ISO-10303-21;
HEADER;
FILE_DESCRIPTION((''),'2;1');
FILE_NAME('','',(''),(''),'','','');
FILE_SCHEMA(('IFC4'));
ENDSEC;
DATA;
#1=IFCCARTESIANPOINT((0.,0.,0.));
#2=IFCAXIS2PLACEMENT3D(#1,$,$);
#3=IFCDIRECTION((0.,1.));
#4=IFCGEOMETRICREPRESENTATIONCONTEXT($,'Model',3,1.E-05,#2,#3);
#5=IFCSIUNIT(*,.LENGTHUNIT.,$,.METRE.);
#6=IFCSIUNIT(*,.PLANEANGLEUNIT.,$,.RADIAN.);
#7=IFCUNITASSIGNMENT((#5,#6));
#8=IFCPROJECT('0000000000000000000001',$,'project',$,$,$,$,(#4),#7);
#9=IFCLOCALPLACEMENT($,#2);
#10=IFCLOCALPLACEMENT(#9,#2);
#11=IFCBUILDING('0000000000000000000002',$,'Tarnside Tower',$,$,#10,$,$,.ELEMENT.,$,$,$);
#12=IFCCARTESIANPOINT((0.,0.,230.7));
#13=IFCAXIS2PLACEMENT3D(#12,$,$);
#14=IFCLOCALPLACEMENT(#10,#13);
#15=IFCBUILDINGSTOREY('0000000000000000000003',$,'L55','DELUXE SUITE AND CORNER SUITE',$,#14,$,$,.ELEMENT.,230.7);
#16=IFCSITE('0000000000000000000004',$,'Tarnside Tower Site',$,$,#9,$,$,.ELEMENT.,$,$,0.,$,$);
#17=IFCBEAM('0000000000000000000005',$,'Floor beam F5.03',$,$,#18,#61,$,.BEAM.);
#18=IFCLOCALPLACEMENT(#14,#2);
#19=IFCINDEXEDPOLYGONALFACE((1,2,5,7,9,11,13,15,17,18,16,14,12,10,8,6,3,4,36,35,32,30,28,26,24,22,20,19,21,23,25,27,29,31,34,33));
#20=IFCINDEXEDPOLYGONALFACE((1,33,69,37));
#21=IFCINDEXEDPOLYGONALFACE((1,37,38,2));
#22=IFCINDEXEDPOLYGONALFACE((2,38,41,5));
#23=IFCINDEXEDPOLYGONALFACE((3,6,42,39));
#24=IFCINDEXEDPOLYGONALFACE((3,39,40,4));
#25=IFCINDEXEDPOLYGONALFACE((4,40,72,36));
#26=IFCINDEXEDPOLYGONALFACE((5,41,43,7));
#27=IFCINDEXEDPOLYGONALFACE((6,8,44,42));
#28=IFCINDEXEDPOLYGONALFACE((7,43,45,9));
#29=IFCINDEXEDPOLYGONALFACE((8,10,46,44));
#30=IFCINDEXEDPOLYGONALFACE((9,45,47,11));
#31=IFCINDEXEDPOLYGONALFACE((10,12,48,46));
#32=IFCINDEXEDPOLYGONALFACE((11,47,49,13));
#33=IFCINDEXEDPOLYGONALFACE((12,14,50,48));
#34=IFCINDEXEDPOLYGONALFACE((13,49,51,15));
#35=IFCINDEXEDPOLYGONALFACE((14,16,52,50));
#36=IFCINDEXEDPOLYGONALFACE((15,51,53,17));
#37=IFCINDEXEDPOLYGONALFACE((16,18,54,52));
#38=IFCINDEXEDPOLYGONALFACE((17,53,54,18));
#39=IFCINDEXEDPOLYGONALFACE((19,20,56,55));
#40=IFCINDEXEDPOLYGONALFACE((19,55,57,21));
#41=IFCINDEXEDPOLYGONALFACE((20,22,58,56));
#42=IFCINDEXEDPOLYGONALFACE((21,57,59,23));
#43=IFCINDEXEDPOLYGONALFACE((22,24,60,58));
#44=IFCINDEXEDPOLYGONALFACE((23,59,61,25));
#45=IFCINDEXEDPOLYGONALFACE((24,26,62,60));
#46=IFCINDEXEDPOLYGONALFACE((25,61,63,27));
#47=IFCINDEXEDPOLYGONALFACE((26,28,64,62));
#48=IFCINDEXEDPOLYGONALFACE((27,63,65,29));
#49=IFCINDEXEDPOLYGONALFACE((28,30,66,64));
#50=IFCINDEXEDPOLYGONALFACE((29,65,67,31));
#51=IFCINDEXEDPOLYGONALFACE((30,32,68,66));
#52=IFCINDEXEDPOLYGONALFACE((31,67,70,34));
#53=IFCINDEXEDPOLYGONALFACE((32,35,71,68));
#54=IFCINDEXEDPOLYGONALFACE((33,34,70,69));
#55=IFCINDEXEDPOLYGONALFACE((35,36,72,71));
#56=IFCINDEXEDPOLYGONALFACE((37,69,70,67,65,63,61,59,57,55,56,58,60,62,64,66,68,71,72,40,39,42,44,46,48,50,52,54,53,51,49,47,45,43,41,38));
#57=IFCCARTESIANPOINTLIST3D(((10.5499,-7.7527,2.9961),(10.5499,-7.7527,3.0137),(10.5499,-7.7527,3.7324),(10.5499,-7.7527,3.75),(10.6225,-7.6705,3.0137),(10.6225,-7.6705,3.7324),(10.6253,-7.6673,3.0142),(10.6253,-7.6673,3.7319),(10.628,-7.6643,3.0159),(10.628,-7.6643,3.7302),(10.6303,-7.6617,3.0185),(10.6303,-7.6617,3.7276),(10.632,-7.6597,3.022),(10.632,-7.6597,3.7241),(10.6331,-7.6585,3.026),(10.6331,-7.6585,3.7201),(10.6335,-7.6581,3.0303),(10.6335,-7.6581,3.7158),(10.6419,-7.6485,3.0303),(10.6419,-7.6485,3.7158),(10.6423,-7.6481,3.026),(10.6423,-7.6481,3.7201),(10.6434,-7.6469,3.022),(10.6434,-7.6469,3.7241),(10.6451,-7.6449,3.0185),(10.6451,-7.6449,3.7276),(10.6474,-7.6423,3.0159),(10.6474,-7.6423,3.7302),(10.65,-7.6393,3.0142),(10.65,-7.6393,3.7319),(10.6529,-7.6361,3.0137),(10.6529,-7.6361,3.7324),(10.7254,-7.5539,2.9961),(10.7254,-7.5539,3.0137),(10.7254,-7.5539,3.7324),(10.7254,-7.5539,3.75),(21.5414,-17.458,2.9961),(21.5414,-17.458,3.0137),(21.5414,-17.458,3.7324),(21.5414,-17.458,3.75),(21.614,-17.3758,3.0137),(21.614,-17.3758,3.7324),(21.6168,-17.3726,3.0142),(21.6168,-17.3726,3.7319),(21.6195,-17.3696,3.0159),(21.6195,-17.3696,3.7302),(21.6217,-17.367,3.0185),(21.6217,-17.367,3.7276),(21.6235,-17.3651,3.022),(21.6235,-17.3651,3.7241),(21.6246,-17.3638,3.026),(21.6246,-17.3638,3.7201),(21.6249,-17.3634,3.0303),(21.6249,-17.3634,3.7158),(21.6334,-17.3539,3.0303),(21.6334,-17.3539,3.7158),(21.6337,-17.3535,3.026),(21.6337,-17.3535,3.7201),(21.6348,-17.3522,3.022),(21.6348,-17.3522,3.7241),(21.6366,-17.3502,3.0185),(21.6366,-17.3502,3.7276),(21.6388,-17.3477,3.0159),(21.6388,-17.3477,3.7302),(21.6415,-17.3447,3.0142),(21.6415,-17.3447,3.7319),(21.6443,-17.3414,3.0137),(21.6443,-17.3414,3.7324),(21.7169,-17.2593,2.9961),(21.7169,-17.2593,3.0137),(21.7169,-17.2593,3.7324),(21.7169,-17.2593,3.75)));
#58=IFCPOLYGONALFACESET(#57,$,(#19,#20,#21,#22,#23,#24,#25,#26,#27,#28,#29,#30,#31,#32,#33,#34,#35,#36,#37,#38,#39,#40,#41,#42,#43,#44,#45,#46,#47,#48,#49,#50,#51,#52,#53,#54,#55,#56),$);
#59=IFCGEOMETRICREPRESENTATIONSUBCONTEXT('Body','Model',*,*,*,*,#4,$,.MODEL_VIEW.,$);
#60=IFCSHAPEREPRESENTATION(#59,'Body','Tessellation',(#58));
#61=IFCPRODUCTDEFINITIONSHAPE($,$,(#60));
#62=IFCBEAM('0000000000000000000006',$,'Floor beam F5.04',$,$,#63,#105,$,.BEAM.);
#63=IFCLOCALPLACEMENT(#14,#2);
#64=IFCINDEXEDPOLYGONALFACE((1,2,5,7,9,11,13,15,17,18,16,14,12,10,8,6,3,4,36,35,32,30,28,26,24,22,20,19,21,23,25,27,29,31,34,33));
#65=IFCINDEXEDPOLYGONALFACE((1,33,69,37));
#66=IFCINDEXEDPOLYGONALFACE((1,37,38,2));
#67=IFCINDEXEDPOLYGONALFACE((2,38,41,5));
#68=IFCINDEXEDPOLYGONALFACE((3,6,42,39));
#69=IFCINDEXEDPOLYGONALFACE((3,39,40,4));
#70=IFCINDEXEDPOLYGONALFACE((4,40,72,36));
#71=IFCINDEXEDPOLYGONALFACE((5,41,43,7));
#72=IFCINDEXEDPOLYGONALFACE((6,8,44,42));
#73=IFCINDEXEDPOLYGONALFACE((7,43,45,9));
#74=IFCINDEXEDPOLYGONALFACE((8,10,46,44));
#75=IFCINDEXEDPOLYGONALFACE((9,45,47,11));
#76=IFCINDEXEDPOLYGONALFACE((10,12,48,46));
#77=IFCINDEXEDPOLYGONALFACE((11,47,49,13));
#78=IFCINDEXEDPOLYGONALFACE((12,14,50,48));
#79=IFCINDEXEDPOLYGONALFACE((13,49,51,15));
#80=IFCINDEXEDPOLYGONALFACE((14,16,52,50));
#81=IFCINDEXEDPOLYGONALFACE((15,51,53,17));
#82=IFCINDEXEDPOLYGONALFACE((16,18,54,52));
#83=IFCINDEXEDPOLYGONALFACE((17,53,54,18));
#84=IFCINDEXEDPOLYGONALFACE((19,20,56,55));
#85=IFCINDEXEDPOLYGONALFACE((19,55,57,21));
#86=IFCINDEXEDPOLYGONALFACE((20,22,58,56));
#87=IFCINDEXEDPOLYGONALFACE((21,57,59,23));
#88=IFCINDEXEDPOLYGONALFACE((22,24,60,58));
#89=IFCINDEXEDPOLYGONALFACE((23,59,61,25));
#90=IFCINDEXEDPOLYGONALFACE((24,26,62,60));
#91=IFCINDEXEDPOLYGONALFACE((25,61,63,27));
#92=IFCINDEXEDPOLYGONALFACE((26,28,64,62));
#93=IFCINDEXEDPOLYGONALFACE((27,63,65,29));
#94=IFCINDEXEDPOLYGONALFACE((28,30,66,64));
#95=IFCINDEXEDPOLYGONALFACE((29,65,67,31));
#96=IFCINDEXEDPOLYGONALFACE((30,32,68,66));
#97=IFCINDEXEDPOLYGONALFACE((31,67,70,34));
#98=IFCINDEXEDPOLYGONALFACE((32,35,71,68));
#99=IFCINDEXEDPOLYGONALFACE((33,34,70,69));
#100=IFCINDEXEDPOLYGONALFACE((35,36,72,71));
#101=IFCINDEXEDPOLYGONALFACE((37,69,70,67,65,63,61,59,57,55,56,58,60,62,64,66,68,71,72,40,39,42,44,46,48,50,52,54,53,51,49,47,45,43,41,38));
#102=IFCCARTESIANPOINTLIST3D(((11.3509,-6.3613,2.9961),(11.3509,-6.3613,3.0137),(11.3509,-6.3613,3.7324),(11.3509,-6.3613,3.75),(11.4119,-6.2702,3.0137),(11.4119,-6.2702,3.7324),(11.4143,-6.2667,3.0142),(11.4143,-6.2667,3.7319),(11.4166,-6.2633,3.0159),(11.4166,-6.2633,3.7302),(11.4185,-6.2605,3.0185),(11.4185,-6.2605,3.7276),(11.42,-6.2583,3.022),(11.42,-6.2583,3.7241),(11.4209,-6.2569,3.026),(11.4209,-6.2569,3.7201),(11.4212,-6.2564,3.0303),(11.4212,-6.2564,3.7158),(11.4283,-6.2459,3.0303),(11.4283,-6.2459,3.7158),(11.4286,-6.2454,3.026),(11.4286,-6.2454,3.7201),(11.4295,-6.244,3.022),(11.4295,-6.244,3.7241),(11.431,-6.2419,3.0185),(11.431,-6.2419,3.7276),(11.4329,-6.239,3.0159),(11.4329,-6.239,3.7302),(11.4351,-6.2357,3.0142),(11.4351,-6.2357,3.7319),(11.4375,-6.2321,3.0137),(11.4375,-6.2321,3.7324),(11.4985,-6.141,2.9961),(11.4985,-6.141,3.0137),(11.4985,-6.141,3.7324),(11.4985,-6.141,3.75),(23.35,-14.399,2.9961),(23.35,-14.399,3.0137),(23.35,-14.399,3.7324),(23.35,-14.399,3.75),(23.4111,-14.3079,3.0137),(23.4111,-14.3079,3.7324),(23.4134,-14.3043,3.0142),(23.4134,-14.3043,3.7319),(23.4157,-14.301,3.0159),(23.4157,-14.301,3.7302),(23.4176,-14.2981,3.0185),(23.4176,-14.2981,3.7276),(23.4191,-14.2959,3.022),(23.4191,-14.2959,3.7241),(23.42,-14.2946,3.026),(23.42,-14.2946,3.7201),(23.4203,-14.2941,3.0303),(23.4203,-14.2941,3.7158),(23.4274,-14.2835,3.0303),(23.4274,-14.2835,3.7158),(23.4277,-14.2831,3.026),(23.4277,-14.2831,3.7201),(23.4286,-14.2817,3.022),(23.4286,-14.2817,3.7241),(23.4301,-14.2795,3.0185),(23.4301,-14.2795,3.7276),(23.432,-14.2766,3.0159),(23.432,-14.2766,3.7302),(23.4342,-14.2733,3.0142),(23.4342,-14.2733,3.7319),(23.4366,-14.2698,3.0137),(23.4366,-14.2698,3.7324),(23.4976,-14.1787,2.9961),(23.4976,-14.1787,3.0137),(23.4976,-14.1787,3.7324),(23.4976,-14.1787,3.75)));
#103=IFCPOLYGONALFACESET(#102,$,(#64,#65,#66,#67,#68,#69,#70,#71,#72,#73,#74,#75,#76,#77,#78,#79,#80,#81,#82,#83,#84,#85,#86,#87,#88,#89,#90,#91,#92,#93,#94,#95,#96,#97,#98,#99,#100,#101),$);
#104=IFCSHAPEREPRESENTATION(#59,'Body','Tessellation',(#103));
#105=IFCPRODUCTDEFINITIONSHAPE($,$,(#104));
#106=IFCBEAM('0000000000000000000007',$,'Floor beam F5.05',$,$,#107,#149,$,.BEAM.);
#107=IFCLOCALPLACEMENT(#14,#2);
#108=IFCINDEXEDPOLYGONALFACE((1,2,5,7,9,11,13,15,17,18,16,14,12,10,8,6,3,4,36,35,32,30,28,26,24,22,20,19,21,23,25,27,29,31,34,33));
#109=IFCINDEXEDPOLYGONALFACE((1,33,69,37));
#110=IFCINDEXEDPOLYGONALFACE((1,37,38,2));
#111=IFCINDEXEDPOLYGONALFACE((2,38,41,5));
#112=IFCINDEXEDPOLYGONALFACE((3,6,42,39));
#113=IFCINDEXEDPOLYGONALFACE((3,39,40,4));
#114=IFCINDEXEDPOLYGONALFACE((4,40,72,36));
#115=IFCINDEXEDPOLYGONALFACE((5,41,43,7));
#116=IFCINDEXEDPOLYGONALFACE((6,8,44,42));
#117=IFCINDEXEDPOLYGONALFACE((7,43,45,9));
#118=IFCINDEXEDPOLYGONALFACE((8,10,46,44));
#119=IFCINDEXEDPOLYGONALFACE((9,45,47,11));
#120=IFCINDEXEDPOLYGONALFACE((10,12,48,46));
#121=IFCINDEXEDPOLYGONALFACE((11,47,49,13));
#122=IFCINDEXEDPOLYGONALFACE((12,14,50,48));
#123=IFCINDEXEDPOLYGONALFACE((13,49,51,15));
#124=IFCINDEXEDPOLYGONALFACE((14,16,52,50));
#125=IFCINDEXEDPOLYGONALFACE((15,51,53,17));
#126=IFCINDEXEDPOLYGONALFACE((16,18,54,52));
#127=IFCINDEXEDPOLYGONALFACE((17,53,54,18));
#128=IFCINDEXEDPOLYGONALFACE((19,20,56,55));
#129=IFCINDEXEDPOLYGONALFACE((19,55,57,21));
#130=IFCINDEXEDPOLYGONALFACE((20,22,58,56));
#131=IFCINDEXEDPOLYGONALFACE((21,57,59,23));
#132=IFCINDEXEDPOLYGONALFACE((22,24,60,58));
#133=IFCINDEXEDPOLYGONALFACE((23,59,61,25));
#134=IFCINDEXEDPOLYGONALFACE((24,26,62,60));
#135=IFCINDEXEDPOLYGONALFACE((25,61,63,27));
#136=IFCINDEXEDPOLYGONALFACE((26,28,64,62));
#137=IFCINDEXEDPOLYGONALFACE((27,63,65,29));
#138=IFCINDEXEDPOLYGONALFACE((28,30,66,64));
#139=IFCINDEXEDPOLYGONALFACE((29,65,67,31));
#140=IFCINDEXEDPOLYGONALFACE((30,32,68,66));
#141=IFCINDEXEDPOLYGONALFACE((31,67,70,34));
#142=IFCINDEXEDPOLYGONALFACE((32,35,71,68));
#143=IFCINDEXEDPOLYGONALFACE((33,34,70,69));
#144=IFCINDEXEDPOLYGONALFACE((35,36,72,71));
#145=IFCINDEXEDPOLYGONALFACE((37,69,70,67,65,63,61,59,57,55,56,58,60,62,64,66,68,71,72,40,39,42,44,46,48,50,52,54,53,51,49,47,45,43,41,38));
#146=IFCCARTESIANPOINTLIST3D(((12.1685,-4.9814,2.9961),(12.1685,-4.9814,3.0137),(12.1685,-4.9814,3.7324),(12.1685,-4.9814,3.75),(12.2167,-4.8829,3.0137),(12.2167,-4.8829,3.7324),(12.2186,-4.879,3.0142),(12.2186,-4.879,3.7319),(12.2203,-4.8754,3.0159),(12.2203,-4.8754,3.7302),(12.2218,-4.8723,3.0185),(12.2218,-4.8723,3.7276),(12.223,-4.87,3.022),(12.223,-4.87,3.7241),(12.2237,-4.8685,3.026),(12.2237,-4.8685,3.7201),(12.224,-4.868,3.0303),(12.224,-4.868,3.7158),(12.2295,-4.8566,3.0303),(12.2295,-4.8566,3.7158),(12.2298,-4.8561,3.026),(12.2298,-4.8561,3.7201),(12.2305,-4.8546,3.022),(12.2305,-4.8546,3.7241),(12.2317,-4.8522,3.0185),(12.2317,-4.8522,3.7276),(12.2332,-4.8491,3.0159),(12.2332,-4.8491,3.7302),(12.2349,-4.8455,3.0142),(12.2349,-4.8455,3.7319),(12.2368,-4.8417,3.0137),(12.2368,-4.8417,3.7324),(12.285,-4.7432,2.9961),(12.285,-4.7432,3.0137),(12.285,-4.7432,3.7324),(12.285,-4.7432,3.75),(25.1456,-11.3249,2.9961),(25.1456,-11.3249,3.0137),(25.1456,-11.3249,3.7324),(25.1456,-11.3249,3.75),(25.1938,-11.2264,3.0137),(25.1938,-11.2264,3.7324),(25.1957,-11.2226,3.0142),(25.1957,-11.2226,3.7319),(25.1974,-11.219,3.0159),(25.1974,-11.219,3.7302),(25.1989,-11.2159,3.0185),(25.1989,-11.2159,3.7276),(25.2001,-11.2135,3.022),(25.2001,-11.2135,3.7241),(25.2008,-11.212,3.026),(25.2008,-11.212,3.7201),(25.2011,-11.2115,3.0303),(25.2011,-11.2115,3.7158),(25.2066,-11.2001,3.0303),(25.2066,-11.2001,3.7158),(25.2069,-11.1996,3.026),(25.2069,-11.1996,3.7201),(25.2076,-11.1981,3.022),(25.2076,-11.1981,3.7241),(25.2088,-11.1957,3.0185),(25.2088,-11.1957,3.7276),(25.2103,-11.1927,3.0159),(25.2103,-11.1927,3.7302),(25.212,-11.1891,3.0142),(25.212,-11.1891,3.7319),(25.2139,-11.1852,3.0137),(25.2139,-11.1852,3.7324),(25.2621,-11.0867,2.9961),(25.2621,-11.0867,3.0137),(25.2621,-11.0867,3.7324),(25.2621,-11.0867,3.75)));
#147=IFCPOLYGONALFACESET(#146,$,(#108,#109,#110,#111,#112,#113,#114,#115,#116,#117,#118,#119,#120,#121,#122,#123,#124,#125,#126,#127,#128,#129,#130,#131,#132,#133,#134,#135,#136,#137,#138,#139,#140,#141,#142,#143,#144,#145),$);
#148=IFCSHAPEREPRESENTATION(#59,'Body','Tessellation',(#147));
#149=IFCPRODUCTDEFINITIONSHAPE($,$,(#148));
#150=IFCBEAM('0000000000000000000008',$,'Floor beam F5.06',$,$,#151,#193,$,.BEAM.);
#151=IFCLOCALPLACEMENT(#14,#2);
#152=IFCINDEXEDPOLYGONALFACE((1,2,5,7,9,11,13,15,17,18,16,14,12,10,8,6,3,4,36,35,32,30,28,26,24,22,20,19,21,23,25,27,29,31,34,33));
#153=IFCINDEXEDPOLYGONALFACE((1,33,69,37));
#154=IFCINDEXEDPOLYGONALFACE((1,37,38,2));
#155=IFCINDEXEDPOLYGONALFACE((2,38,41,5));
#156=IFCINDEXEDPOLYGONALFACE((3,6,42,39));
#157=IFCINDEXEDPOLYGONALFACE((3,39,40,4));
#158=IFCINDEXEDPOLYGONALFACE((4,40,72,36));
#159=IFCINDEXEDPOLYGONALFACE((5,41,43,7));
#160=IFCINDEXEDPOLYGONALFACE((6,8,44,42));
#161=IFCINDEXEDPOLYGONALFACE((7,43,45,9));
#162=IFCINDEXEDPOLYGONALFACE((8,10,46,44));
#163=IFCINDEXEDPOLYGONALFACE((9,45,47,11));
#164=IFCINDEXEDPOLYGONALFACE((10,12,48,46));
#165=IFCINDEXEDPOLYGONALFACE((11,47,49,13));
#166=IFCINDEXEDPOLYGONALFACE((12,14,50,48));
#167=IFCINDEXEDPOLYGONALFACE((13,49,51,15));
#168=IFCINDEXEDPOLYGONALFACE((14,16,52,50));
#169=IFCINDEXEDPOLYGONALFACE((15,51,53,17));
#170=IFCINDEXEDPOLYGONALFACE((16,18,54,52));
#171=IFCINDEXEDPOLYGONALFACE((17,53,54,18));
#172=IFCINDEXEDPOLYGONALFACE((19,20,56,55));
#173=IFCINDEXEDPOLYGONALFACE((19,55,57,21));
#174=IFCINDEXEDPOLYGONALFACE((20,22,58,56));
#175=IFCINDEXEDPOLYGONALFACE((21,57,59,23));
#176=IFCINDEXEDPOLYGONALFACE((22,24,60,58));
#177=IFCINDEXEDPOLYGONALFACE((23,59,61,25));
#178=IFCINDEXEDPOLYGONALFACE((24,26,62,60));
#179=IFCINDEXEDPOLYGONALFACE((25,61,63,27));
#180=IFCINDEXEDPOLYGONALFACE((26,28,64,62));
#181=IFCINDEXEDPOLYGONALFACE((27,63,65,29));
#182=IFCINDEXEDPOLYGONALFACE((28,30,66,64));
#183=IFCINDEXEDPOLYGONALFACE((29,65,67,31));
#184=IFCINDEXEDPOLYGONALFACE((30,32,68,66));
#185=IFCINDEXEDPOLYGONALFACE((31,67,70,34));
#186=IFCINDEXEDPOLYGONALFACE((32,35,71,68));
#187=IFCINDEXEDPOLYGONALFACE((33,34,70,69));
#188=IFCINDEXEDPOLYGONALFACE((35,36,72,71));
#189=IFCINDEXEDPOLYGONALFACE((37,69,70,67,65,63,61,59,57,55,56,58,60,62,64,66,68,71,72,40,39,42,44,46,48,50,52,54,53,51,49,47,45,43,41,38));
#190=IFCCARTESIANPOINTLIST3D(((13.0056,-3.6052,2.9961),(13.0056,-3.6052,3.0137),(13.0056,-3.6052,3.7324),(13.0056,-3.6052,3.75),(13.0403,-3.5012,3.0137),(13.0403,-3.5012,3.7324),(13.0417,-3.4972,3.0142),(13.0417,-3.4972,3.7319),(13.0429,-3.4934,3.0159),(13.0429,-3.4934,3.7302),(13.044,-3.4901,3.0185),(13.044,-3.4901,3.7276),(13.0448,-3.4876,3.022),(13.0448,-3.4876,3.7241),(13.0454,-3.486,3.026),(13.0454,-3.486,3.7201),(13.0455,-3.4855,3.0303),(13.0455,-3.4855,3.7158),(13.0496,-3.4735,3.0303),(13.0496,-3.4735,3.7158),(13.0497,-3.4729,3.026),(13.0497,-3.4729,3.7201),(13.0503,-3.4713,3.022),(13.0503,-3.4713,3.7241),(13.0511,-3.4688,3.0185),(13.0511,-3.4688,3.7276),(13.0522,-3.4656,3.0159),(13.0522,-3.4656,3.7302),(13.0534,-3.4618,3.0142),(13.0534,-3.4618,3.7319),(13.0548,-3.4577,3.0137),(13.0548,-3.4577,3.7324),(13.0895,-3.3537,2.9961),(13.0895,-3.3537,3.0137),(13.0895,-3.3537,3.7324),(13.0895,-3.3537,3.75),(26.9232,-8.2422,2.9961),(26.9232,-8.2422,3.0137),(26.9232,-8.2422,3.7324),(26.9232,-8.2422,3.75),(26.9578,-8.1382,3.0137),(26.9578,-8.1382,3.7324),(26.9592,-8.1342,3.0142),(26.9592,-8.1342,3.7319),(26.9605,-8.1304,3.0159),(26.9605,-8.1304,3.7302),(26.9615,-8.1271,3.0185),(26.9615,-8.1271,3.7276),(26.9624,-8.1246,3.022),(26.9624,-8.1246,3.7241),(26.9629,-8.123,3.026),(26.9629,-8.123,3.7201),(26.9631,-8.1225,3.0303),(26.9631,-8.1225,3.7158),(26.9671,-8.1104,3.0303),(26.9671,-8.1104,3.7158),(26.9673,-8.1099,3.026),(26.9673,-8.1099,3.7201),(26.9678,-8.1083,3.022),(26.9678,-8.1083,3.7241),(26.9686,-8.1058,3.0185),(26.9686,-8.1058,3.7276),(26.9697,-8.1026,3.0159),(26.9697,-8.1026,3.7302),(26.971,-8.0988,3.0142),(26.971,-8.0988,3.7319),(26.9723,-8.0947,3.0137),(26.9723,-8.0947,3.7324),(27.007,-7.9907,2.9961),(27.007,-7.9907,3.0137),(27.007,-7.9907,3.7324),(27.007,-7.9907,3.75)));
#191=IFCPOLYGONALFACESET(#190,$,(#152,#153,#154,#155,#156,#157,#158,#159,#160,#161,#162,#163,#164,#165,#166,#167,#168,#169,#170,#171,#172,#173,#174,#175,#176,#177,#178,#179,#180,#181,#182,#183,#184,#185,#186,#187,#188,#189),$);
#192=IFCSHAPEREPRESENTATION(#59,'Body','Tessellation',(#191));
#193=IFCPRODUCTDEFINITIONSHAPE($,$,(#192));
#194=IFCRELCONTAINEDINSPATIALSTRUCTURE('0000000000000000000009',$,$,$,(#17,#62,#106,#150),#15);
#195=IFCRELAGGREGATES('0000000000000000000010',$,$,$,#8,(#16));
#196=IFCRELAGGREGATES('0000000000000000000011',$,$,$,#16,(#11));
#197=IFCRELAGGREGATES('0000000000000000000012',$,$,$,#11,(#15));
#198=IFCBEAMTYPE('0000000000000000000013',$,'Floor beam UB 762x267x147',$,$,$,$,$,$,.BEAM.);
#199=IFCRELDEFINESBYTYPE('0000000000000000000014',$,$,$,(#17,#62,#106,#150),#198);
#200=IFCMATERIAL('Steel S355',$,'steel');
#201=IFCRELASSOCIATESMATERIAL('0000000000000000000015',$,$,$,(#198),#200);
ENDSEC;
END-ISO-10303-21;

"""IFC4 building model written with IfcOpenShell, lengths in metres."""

from ifc_helpers import new_model, si_unit, direction, frame, origin, origin_2d, place, context, subcontext, project, spatial, i_section, extrude, material, material_profile, profile_set, type_object, element, save


model = new_model("IFC4")

# Units and contexts
model_context = context("Model", 3, precision=1e-05, world=origin(), true_north=direction((0.0, 1.0)))
body_context = subcontext(model_context, "Body", "Model", "MODEL_VIEW")
ifc_project = project(units=[si_unit("LENGTHUNIT", "METRE"), si_unit("PLANEANGLEUNIT", "RADIAN")], contexts=[model_context])

# Site, building, storey
site_placement = place(None, origin())
site = spatial("IfcSite", under=ifc_project, at=site_placement, Name="Tarnside Tower Site", CompositionType="ELEMENT", RefElevation=0.0)
building_placement = place(site_placement, origin())
building = spatial("IfcBuilding", under=site, at=building_placement, Name="Tarnside Tower", CompositionType="ELEMENT")
storey_placement = place(building_placement, frame((0.0, 0.0, 230.7)))
storey = spatial("IfcBuildingStorey", under=building, at=storey_placement, Name="L55", Description="DELUXE SUITE AND CORNER SUITE", CompositionType="ELEMENT", Elevation=230.7)

# Beams
ifc_material_1 = material(Name="Steel S355", Category="steel")
ifc_material_profile_1 = material_profile(ifc_material_1, i_section(OverallWidth=0.2651, OverallDepth=0.7539, WebThickness=0.0127, FlangeThickness=0.0176, FilletRadius=0.0166, at=origin_2d()), Name="UB 762x267x147")
ifc_profile_set_1 = profile_set([ifc_material_profile_1], Name="Steel S355")
beam_type_1 = type_object("IfcBeamType", Name="Floor beam UB 762x267x147", PredefinedType="BEAM", material=ifc_profile_set_1)
beam_1_placement = place(storey_placement, frame((21.6292, -17.3586, 3.373), z_axis=(-0.749602, 0.661889, 0.0), x_axis=(-0.661889, -0.749602, 0.0)))
element("IfcBeam", 1, at=beam_1_placement, inside=storey, type_object=beam_type_1, Name="Floor beam F5.03", PredefinedType="BEAM", context=body_context, shape_type="SweptSolid", body=[
    extrude(i_section(OverallWidth=0.2651, OverallDepth=0.7539, WebThickness=0.0127, FlangeThickness=0.0176, FilletRadius=0.0166, at=origin_2d()), origin(), (0.0, 0.0, 1.0), 14.6631),
])
beam_2_placement = place(storey_placement, frame((23.4238, -14.2888, 3.373), z_axis=(-0.830826, 0.556532, 0.0), x_axis=(-0.556532, -0.830826, 0.0)))
element("IfcBeam", 2, at=beam_2_placement, inside=storey, type_object=beam_type_1, Name="Floor beam F5.04", PredefinedType="BEAM", context=body_context, shape_type="SweptSolid", body=[
    extrude(i_section(OverallWidth=0.2651, OverallDepth=0.7539, WebThickness=0.0127, FlangeThickness=0.0176, FilletRadius=0.0166, at=origin_2d()), origin(), (0.0, 0.0, 1.0), 14.4424),
])
beam_3_placement = place(storey_placement, frame((25.2039, -11.2058, 3.373), z_axis=(-0.898407, 0.439164, 0.0), x_axis=(-0.439164, -0.898407, 0.0)))
element("IfcBeam", 3, at=beam_3_placement, inside=storey, type_object=beam_type_1, Name="Floor beam F5.05", PredefinedType="BEAM", context=body_context, shape_type="SweptSolid", body=[
    extrude(i_section(OverallWidth=0.2651, OverallDepth=0.7539, WebThickness=0.0127, FlangeThickness=0.0176, FilletRadius=0.0166, at=origin_2d()), origin(), (0.0, 0.0, 1.0), 14.4446),
])
beam_4_placement = place(storey_placement, frame((26.9651, -8.1165, 3.373), z_axis=(-0.948728, 0.316093, 0.0), x_axis=(-0.316093, -0.948728, 0.0)))
element("IfcBeam", 4, at=beam_4_placement, inside=storey, type_object=beam_type_1, Name="Floor beam F5.06", PredefinedType="BEAM", context=body_context, shape_type="SweptSolid", body=[
    extrude(i_section(OverallWidth=0.2651, OverallDepth=0.7539, WebThickness=0.0127, FlangeThickness=0.0176, FilletRadius=0.0166, at=origin_2d()), origin(), (0.0, 0.0, 1.0), 14.6697),
])

save(model, "model.ifc")
